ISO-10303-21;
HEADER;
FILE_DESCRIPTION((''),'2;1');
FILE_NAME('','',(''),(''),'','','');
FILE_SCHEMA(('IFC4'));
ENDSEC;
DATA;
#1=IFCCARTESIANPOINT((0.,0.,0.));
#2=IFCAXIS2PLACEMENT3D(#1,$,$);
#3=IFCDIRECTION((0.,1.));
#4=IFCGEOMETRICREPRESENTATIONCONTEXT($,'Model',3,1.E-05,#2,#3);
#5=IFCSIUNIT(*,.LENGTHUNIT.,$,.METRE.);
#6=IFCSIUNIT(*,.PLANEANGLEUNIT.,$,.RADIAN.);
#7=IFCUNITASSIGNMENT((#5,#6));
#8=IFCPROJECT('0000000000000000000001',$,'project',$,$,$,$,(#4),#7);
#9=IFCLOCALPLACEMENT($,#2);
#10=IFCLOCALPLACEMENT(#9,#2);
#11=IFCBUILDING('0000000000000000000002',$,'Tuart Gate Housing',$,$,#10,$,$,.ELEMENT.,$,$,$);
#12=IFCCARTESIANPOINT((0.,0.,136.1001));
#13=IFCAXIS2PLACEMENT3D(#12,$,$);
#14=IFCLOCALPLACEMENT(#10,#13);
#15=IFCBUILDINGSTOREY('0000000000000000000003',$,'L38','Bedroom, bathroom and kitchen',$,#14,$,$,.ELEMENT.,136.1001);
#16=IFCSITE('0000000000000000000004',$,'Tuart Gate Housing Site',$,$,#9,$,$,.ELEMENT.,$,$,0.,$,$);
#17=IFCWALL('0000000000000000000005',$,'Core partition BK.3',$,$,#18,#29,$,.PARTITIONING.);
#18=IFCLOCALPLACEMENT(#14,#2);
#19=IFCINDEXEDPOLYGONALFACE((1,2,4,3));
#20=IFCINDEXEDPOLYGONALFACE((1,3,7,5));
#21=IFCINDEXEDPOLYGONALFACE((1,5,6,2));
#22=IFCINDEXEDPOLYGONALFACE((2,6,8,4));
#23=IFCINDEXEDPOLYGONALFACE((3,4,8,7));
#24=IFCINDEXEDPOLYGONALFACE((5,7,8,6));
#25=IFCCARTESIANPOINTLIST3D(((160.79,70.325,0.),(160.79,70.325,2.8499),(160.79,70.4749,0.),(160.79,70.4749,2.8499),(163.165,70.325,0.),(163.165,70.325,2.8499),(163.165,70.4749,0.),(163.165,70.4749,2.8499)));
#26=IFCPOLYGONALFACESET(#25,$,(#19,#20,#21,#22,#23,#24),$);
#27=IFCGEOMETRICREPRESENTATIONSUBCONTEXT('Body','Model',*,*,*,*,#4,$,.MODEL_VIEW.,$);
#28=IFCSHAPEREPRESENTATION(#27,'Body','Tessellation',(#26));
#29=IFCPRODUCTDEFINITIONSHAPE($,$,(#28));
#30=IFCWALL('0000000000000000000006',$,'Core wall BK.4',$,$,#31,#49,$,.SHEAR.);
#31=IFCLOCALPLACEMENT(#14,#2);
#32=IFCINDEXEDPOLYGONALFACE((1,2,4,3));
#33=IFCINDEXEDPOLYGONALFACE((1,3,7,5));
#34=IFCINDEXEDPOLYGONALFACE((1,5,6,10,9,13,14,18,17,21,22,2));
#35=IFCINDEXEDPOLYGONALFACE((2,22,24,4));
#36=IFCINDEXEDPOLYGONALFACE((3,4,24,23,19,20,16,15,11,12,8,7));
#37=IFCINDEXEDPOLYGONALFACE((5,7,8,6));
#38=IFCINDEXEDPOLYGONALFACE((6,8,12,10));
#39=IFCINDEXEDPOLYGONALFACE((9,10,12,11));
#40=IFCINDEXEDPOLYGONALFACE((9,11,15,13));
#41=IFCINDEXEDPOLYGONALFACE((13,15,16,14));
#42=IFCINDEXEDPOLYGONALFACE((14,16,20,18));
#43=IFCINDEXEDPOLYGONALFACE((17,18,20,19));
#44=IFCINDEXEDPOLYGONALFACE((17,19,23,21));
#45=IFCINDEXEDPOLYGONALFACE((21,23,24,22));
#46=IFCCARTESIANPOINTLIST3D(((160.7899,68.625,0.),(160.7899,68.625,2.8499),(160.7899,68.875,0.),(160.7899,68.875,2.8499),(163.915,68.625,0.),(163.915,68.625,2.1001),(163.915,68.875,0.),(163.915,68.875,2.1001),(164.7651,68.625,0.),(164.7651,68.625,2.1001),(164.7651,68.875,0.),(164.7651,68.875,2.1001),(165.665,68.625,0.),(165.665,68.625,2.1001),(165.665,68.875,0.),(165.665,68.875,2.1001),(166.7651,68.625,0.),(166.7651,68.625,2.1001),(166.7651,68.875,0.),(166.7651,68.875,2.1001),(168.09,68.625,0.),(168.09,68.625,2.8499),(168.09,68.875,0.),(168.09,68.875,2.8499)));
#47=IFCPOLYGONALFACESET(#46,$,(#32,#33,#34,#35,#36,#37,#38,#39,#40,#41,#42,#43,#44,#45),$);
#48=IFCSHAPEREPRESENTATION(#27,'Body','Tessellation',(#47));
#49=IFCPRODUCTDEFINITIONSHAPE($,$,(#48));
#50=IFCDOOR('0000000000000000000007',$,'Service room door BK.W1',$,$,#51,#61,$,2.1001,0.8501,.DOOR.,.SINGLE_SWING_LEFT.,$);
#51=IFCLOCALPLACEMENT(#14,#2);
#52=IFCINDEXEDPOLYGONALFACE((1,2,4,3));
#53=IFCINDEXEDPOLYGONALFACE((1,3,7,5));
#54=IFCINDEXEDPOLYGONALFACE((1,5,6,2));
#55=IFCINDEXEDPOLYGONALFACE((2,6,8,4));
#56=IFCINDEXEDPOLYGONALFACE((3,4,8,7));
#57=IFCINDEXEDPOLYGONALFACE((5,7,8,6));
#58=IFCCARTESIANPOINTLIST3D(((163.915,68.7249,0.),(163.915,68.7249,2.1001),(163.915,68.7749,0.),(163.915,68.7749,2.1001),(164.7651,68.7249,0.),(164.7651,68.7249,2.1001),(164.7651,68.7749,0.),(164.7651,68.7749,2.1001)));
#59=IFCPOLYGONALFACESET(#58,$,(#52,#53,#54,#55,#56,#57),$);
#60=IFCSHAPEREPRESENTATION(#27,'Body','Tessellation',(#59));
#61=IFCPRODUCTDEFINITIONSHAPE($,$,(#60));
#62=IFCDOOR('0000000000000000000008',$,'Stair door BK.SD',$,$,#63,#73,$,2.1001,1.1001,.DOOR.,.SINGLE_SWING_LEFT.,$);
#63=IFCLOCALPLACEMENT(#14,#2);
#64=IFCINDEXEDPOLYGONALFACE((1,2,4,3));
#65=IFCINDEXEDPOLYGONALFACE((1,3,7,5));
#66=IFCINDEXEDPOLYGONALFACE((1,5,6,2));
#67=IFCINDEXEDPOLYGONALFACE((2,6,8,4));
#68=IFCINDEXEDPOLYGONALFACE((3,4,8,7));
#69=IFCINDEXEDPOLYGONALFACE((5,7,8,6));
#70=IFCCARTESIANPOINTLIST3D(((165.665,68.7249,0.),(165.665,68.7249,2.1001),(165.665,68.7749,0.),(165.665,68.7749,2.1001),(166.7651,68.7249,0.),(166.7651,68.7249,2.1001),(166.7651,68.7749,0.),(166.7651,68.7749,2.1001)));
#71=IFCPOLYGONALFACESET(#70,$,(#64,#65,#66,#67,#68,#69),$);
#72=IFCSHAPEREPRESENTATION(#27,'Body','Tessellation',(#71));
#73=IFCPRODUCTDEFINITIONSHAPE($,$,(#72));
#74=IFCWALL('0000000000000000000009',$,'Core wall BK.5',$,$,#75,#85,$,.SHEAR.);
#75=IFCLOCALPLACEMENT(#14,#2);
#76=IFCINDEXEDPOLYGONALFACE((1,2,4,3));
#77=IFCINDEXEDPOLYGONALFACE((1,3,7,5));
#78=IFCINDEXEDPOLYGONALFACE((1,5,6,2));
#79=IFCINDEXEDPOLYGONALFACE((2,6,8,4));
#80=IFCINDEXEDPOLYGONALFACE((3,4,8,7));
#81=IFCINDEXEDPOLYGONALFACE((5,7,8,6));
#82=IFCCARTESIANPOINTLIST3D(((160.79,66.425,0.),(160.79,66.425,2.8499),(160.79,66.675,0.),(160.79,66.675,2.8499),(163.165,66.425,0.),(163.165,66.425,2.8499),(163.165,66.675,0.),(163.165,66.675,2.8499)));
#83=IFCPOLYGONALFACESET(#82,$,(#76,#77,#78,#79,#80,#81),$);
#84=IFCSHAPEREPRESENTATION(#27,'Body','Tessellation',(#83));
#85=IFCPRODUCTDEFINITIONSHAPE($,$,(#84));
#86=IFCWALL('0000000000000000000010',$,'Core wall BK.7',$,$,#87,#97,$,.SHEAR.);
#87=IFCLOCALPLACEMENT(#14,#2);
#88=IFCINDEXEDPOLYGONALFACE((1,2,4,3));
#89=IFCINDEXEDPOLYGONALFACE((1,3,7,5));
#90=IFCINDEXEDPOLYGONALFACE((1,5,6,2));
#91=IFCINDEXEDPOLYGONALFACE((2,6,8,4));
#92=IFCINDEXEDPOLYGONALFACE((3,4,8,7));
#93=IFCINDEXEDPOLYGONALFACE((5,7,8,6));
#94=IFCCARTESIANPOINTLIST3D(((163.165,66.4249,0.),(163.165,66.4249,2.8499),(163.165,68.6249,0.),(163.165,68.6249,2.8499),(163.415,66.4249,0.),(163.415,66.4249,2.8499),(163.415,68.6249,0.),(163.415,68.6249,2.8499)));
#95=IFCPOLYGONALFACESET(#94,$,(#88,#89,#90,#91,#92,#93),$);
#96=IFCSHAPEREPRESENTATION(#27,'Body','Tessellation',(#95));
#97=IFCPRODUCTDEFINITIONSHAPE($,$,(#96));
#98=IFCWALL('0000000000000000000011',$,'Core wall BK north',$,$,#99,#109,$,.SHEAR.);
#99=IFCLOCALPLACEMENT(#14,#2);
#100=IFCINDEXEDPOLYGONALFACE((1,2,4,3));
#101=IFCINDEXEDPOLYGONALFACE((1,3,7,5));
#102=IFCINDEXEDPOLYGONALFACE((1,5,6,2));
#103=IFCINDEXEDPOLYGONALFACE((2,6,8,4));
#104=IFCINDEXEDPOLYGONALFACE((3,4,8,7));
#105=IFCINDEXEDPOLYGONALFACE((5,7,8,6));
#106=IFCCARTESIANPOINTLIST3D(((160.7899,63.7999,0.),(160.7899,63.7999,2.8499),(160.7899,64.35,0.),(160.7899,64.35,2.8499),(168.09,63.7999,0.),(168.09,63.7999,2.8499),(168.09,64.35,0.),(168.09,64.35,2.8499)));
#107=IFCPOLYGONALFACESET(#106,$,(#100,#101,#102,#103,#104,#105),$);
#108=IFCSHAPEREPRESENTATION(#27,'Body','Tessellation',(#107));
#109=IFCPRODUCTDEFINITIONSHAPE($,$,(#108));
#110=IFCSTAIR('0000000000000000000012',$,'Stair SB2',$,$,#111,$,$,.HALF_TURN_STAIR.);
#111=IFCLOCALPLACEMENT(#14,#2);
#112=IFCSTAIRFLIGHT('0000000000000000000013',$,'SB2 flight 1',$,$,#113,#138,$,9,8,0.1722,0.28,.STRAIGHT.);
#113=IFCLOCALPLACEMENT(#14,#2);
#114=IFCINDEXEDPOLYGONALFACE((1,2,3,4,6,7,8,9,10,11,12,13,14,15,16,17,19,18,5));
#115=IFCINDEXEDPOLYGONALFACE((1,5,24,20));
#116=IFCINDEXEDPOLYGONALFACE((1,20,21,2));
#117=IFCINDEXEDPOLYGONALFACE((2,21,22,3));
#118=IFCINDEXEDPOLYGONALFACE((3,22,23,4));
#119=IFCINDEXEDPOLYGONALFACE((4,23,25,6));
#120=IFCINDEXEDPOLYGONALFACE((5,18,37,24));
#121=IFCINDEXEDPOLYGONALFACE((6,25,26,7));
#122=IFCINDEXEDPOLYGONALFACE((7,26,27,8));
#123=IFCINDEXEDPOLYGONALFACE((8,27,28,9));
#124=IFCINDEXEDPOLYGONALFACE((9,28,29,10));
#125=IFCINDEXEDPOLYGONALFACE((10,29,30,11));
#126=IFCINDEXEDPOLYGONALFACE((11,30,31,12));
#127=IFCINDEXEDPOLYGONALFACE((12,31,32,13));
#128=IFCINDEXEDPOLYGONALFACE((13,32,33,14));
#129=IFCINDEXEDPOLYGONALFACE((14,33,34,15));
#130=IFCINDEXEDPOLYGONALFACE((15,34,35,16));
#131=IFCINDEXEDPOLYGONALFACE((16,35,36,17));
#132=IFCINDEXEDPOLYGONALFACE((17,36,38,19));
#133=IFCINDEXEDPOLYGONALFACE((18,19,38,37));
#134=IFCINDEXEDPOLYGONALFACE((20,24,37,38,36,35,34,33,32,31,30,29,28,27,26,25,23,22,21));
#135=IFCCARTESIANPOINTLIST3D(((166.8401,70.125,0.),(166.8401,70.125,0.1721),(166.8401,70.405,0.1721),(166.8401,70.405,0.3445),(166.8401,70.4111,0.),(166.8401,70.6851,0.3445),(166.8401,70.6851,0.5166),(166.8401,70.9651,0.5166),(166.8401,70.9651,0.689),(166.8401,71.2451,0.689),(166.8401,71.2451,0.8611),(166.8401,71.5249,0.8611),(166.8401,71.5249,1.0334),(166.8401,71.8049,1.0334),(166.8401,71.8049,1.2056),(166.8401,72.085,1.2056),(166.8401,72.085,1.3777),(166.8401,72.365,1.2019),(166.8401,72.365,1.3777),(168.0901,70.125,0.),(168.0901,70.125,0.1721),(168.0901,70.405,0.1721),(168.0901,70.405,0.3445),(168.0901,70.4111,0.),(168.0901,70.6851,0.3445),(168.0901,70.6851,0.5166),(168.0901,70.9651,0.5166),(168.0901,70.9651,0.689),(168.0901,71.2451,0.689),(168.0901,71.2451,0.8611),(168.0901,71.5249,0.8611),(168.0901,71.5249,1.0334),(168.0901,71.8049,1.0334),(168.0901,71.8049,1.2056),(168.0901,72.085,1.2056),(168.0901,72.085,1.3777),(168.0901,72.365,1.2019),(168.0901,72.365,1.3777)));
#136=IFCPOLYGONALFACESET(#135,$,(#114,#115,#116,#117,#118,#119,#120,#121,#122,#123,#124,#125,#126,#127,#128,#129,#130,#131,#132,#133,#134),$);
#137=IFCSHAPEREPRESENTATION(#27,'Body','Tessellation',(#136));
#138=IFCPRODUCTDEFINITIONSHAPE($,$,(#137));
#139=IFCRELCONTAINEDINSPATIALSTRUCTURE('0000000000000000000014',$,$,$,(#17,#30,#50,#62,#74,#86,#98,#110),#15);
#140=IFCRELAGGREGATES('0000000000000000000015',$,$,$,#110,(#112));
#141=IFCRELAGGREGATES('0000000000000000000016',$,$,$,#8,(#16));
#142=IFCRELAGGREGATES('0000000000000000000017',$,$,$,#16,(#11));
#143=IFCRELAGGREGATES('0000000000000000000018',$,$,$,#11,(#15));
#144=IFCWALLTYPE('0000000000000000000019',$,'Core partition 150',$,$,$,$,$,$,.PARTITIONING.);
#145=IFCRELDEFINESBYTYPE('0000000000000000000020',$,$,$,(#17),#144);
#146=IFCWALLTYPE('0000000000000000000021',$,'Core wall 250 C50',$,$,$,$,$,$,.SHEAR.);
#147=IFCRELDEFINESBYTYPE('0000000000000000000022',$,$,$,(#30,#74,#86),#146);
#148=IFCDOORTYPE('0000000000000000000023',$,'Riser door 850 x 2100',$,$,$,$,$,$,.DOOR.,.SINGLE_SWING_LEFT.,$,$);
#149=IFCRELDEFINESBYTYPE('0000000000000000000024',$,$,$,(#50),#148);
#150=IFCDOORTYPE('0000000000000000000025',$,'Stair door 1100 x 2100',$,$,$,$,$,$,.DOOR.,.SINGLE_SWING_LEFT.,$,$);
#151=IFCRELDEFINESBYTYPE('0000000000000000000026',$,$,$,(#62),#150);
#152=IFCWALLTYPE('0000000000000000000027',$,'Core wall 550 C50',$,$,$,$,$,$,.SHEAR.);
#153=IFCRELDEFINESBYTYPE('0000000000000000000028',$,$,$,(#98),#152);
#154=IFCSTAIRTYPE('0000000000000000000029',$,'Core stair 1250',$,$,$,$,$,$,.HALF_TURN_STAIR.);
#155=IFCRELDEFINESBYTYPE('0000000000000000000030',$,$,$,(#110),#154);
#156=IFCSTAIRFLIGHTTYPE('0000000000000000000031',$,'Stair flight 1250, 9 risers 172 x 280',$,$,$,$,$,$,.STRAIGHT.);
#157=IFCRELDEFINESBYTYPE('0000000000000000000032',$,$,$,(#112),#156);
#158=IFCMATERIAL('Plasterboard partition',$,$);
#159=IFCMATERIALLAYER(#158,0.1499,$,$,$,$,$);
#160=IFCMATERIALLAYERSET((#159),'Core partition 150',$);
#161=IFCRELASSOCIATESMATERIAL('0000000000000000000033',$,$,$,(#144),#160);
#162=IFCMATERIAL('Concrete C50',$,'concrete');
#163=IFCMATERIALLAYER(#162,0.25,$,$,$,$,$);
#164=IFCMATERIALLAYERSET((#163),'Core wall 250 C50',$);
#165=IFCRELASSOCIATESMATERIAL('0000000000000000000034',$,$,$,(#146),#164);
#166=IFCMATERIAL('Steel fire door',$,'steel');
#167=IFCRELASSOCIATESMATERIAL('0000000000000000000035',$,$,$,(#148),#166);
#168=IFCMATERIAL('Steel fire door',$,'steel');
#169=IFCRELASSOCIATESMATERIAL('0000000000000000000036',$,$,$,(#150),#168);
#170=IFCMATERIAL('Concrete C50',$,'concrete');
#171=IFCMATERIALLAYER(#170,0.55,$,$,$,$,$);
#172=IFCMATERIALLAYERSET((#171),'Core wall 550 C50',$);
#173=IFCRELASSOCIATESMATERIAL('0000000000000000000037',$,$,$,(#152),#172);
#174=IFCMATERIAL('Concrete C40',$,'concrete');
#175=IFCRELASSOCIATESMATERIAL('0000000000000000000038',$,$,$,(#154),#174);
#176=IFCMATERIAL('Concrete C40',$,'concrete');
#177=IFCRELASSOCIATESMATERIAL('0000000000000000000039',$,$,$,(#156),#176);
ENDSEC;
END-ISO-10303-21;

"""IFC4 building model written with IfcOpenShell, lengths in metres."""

from ifc_helpers import new_model, si_unit, direction, frame, frame_2d, origin, place, context, subcontext, project, spatial, polyline, rectangle, outline, extrude, material, layer, layer_set, type_object, element, fill, aggregate, save


model = new_model("IFC4")

# Units and contexts
model_context = context("Model", 3, precision=1e-05, world=origin(), true_north=direction((0.0, 1.0)))
body_context = subcontext(model_context, "Body", "Model", "MODEL_VIEW")
ifc_project = project(units=[si_unit("LENGTHUNIT", "METRE"), si_unit("PLANEANGLEUNIT", "RADIAN")], contexts=[model_context])

# Site, building, storey
site_placement = place(None, origin())
site = spatial("IfcSite", under=ifc_project, at=site_placement, Name="Tuart Gate Housing Site", CompositionType="ELEMENT", RefElevation=0.0)
building_placement = place(site_placement, origin())
building = spatial("IfcBuilding", under=site, at=building_placement, Name="Tuart Gate Housing", CompositionType="ELEMENT")
storey_placement = place(building_placement, frame((0.0, 0.0, 136.1001)))
storey = spatial("IfcBuildingStorey", under=building, at=storey_placement, Name="L38", Description="Bedroom, bathroom and kitchen", CompositionType="ELEMENT", Elevation=136.1001)

# Wall
ifc_material_1 = material(Name="Plasterboard partition")
ifc_layer_1 = layer(ifc_material_1, 0.1499)
ifc_layer_set_1 = layer_set([ifc_layer_1], Name="Core partition 150")
wall_type_1 = type_object("IfcWallType", Name="Core partition 150", PredefinedType="PARTITIONING", material=ifc_layer_set_1)
wall_1_placement = place(storey_placement, frame((160.79, 70.3999, 0.0), z_axis=(0.0, 0.0, 1.0), x_axis=(1.0, 0.0, 0.0)))
element("IfcWall", 1, at=wall_1_placement, inside=storey, type_object=wall_type_1, Name="Core partition BK.3", PredefinedType="PARTITIONING", context=body_context, shape_type="SweptSolid", body=[
    extrude(rectangle(XDim=2.375, YDim=0.1499, at=frame_2d((1.1875, 0.0))), origin(), (0.0, 0.0, 1.0), 2.8499),
])

# Wall, openings, doors
ifc_material_2 = material(Name="Concrete C50", Category="concrete")
ifc_layer_2 = layer(ifc_material_2, 0.25)
ifc_layer_set_2 = layer_set([ifc_layer_2], Name="Core wall 250 C50")
wall_type_2 = type_object("IfcWallType", Name="Core wall 250 C50", PredefinedType="SHEAR", material=ifc_layer_set_2)
wall_2_placement = place(storey_placement, frame((160.79, 68.75, 0.0), z_axis=(0.0, 0.0, 1.0), x_axis=(1.0, 0.0, 0.0)))
wall_2 = element("IfcWall", 2, at=wall_2_placement, inside=storey, type_object=wall_type_2, Name="Core wall BK.4", PredefinedType="SHEAR", context=body_context, shape_type="SweptSolid", body=[
    extrude(rectangle(XDim=7.3, YDim=0.25, at=frame_2d((3.6499, 0.0))), origin(), (0.0, 0.0, 1.0), 2.8499),
])
opening_1_placement = place(wall_2_placement, frame((4.875, 0.0, 0.0)))
opening_1 = element("IfcOpeningElement", 3, at=opening_1_placement, cuts=wall_2, PredefinedType="OPENING", context=body_context, shape_type="SweptSolid", body=[
    extrude(rectangle(XDim=1.1001, YDim=2.1001, at=frame_2d((0.55, 1.05))), frame((0.0, 0.135, 0.0), z_axis=(0.0, -1.0, 0.0), x_axis=(1.0, 0.0, 0.0)), (0.0, 0.0, 1.0), 0.27),
])
opening_2_placement = place(wall_2_placement, frame((3.125, 0.0, 0.0)))
opening_2 = element("IfcOpeningElement", 4, at=opening_2_placement, cuts=wall_2, PredefinedType="OPENING", context=body_context, shape_type="SweptSolid", body=[
    extrude(rectangle(XDim=0.8501, YDim=2.1001, at=frame_2d((0.425, 1.05))), frame((0.0, 0.135, 0.0), z_axis=(0.0, -1.0, 0.0), x_axis=(1.0, 0.0, 0.0)), (0.0, 0.0, 1.0), 0.27),
])
ifc_material_3 = material(Name="Steel fire door", Category="steel")
door_type_1 = type_object("IfcDoorType", Name="Riser door 850 x 2100", OperationType="SINGLE_SWING_LEFT", PredefinedType="DOOR", material=ifc_material_3)
door_1_placement = place(opening_2_placement, origin())
door_1 = element("IfcDoor", 5, at=door_1_placement, inside=storey, type_object=door_type_1, Name="Service room door BK.W1", OperationType="SINGLE_SWING_LEFT", OverallHeight=2.1001, OverallWidth=0.8501, PredefinedType="DOOR", context=body_context, shape_type="SweptSolid", body=[
    extrude(rectangle(XDim=0.8501, YDim=2.1001, at=frame_2d((0.425, 1.05))), frame((0.0, 0.0249, 0.0), z_axis=(0.0, -1.0, 0.0), x_axis=(1.0, 0.0, 0.0)), (0.0, 0.0, 1.0), 0.05),
])
fill(opening_2, door_1)
ifc_material_4 = material(Name="Steel fire door", Category="steel")
door_type_2 = type_object("IfcDoorType", Name="Stair door 1100 x 2100", OperationType="SINGLE_SWING_LEFT", PredefinedType="DOOR", material=ifc_material_4)
door_2_placement = place(opening_1_placement, origin())
door_2 = element("IfcDoor", 6, at=door_2_placement, inside=storey, type_object=door_type_2, Name="Stair door BK.SD", OperationType="SINGLE_SWING_LEFT", OverallHeight=2.1001, OverallWidth=1.1001, PredefinedType="DOOR", context=body_context, shape_type="SweptSolid", body=[
    extrude(rectangle(XDim=1.1001, YDim=2.1001, at=frame_2d((0.55, 1.05))), frame((0.0, 0.0249, 0.0), z_axis=(0.0, -1.0, 0.0), x_axis=(1.0, 0.0, 0.0)), (0.0, 0.0, 1.0), 0.05),
])
fill(opening_1, door_2)

# Walls
wall_3_placement = place(storey_placement, frame((160.79, 66.55, 0.0), z_axis=(0.0, 0.0, 1.0), x_axis=(1.0, 0.0, 0.0)))
element("IfcWall", 7, at=wall_3_placement, inside=storey, type_object=wall_type_2, Name="Core wall BK.5", PredefinedType="SHEAR", context=body_context, shape_type="SweptSolid", body=[
    extrude(rectangle(XDim=2.375, YDim=0.25, at=frame_2d((1.1875, 0.0))), origin(), (0.0, 0.0, 1.0), 2.8499),
])
wall_4_placement = place(storey_placement, frame((163.29, 68.625, 0.0), z_axis=(0.0, 0.0, 1.0), x_axis=(0.0, -1.0, 0.0)))
element("IfcWall", 8, at=wall_4_placement, inside=storey, type_object=wall_type_2, Name="Core wall BK.7", PredefinedType="SHEAR", context=body_context, shape_type="SweptSolid", body=[
    extrude(rectangle(XDim=2.2, YDim=0.25, at=frame_2d((1.1001, 0.0))), origin(), (0.0, 0.0, 1.0), 2.8499),
])
ifc_material_5 = material(Name="Concrete C50", Category="concrete")
ifc_layer_3 = layer(ifc_material_5, 0.55)
ifc_layer_set_3 = layer_set([ifc_layer_3], Name="Core wall 550 C50")
wall_type_3 = type_object("IfcWallType", Name="Core wall 550 C50", PredefinedType="SHEAR", material=ifc_layer_set_3)
wall_5_placement = place(storey_placement, frame((160.79, 64.075, 0.0), z_axis=(0.0, 0.0, 1.0), x_axis=(1.0, 0.0, 0.0)))
element("IfcWall", 9, at=wall_5_placement, inside=storey, type_object=wall_type_3, Name="Core wall BK north", PredefinedType="SHEAR", context=body_context, shape_type="SweptSolid", body=[
    extrude(rectangle(XDim=7.3, YDim=0.55, at=frame_2d((3.6499, 0.0))), origin(), (0.0, 0.0, 1.0), 2.8499),
])

# Stair, stair flight
ifc_material_6 = material(Name="Concrete C40", Category="concrete")
stair_type = type_object("IfcStairType", Name="Core stair 1250", PredefinedType="HALF_TURN_STAIR", material=ifc_material_6)
stair_placement = place(storey_placement, origin())
stair = element("IfcStair", 10, at=stair_placement, inside=storey, type_object=stair_type, Name="Stair SB2", PredefinedType="HALF_TURN_STAIR")
ifc_material_7 = material(Name="Concrete C40", Category="concrete")
stair_flight_type = type_object("IfcStairFlightType", Name="Stair flight 1250, 9 risers 172 x 280", PredefinedType="STRAIGHT", material=ifc_material_7)
stair_flight_placement = place(storey_placement, frame((167.4651, 70.125, 0.0), z_axis=(0.0, 0.0, 1.0), x_axis=(0.0, 1.0, 0.0)))
stair_flight = element("IfcStairFlight", 11, at=stair_flight_placement, type_object=stair_flight_type, Name="SB2 flight 1", NumberOfRisers=9, NumberOfTreads=8, PredefinedType="STRAIGHT", RiserHeight=0.1722, TreadLength=0.28, context=body_context, shape_type="SweptSolid", body=[
    extrude(outline(polyline([(0.0, 0.0), (0.0, 0.1721), (0.28, 0.1721), (0.28, 0.3445), (0.5601, 0.3445), (0.5601, 0.5166), (0.8401, 0.5166), (0.8401, 0.689), (1.1201, 0.689), (1.1201, 0.8611), (1.3999, 0.8611), (1.3999, 1.0334), (1.6799, 1.0334), (1.6799, 1.2056), (1.96, 1.2056), (1.96, 1.3777), (2.24, 1.3777), (2.24, 1.55), (2.24, 1.2019), (0.2861, 0.0), (0.0, 0.0)])), frame((0.0, 0.625, 0.0), z_axis=(0.0, -1.0, 0.0), x_axis=(1.0, 0.0, 0.0)), (0.0, 0.0, 1.0), 1.25),
])
aggregate(stair, [stair_flight])

save(model, "model.ifc")
